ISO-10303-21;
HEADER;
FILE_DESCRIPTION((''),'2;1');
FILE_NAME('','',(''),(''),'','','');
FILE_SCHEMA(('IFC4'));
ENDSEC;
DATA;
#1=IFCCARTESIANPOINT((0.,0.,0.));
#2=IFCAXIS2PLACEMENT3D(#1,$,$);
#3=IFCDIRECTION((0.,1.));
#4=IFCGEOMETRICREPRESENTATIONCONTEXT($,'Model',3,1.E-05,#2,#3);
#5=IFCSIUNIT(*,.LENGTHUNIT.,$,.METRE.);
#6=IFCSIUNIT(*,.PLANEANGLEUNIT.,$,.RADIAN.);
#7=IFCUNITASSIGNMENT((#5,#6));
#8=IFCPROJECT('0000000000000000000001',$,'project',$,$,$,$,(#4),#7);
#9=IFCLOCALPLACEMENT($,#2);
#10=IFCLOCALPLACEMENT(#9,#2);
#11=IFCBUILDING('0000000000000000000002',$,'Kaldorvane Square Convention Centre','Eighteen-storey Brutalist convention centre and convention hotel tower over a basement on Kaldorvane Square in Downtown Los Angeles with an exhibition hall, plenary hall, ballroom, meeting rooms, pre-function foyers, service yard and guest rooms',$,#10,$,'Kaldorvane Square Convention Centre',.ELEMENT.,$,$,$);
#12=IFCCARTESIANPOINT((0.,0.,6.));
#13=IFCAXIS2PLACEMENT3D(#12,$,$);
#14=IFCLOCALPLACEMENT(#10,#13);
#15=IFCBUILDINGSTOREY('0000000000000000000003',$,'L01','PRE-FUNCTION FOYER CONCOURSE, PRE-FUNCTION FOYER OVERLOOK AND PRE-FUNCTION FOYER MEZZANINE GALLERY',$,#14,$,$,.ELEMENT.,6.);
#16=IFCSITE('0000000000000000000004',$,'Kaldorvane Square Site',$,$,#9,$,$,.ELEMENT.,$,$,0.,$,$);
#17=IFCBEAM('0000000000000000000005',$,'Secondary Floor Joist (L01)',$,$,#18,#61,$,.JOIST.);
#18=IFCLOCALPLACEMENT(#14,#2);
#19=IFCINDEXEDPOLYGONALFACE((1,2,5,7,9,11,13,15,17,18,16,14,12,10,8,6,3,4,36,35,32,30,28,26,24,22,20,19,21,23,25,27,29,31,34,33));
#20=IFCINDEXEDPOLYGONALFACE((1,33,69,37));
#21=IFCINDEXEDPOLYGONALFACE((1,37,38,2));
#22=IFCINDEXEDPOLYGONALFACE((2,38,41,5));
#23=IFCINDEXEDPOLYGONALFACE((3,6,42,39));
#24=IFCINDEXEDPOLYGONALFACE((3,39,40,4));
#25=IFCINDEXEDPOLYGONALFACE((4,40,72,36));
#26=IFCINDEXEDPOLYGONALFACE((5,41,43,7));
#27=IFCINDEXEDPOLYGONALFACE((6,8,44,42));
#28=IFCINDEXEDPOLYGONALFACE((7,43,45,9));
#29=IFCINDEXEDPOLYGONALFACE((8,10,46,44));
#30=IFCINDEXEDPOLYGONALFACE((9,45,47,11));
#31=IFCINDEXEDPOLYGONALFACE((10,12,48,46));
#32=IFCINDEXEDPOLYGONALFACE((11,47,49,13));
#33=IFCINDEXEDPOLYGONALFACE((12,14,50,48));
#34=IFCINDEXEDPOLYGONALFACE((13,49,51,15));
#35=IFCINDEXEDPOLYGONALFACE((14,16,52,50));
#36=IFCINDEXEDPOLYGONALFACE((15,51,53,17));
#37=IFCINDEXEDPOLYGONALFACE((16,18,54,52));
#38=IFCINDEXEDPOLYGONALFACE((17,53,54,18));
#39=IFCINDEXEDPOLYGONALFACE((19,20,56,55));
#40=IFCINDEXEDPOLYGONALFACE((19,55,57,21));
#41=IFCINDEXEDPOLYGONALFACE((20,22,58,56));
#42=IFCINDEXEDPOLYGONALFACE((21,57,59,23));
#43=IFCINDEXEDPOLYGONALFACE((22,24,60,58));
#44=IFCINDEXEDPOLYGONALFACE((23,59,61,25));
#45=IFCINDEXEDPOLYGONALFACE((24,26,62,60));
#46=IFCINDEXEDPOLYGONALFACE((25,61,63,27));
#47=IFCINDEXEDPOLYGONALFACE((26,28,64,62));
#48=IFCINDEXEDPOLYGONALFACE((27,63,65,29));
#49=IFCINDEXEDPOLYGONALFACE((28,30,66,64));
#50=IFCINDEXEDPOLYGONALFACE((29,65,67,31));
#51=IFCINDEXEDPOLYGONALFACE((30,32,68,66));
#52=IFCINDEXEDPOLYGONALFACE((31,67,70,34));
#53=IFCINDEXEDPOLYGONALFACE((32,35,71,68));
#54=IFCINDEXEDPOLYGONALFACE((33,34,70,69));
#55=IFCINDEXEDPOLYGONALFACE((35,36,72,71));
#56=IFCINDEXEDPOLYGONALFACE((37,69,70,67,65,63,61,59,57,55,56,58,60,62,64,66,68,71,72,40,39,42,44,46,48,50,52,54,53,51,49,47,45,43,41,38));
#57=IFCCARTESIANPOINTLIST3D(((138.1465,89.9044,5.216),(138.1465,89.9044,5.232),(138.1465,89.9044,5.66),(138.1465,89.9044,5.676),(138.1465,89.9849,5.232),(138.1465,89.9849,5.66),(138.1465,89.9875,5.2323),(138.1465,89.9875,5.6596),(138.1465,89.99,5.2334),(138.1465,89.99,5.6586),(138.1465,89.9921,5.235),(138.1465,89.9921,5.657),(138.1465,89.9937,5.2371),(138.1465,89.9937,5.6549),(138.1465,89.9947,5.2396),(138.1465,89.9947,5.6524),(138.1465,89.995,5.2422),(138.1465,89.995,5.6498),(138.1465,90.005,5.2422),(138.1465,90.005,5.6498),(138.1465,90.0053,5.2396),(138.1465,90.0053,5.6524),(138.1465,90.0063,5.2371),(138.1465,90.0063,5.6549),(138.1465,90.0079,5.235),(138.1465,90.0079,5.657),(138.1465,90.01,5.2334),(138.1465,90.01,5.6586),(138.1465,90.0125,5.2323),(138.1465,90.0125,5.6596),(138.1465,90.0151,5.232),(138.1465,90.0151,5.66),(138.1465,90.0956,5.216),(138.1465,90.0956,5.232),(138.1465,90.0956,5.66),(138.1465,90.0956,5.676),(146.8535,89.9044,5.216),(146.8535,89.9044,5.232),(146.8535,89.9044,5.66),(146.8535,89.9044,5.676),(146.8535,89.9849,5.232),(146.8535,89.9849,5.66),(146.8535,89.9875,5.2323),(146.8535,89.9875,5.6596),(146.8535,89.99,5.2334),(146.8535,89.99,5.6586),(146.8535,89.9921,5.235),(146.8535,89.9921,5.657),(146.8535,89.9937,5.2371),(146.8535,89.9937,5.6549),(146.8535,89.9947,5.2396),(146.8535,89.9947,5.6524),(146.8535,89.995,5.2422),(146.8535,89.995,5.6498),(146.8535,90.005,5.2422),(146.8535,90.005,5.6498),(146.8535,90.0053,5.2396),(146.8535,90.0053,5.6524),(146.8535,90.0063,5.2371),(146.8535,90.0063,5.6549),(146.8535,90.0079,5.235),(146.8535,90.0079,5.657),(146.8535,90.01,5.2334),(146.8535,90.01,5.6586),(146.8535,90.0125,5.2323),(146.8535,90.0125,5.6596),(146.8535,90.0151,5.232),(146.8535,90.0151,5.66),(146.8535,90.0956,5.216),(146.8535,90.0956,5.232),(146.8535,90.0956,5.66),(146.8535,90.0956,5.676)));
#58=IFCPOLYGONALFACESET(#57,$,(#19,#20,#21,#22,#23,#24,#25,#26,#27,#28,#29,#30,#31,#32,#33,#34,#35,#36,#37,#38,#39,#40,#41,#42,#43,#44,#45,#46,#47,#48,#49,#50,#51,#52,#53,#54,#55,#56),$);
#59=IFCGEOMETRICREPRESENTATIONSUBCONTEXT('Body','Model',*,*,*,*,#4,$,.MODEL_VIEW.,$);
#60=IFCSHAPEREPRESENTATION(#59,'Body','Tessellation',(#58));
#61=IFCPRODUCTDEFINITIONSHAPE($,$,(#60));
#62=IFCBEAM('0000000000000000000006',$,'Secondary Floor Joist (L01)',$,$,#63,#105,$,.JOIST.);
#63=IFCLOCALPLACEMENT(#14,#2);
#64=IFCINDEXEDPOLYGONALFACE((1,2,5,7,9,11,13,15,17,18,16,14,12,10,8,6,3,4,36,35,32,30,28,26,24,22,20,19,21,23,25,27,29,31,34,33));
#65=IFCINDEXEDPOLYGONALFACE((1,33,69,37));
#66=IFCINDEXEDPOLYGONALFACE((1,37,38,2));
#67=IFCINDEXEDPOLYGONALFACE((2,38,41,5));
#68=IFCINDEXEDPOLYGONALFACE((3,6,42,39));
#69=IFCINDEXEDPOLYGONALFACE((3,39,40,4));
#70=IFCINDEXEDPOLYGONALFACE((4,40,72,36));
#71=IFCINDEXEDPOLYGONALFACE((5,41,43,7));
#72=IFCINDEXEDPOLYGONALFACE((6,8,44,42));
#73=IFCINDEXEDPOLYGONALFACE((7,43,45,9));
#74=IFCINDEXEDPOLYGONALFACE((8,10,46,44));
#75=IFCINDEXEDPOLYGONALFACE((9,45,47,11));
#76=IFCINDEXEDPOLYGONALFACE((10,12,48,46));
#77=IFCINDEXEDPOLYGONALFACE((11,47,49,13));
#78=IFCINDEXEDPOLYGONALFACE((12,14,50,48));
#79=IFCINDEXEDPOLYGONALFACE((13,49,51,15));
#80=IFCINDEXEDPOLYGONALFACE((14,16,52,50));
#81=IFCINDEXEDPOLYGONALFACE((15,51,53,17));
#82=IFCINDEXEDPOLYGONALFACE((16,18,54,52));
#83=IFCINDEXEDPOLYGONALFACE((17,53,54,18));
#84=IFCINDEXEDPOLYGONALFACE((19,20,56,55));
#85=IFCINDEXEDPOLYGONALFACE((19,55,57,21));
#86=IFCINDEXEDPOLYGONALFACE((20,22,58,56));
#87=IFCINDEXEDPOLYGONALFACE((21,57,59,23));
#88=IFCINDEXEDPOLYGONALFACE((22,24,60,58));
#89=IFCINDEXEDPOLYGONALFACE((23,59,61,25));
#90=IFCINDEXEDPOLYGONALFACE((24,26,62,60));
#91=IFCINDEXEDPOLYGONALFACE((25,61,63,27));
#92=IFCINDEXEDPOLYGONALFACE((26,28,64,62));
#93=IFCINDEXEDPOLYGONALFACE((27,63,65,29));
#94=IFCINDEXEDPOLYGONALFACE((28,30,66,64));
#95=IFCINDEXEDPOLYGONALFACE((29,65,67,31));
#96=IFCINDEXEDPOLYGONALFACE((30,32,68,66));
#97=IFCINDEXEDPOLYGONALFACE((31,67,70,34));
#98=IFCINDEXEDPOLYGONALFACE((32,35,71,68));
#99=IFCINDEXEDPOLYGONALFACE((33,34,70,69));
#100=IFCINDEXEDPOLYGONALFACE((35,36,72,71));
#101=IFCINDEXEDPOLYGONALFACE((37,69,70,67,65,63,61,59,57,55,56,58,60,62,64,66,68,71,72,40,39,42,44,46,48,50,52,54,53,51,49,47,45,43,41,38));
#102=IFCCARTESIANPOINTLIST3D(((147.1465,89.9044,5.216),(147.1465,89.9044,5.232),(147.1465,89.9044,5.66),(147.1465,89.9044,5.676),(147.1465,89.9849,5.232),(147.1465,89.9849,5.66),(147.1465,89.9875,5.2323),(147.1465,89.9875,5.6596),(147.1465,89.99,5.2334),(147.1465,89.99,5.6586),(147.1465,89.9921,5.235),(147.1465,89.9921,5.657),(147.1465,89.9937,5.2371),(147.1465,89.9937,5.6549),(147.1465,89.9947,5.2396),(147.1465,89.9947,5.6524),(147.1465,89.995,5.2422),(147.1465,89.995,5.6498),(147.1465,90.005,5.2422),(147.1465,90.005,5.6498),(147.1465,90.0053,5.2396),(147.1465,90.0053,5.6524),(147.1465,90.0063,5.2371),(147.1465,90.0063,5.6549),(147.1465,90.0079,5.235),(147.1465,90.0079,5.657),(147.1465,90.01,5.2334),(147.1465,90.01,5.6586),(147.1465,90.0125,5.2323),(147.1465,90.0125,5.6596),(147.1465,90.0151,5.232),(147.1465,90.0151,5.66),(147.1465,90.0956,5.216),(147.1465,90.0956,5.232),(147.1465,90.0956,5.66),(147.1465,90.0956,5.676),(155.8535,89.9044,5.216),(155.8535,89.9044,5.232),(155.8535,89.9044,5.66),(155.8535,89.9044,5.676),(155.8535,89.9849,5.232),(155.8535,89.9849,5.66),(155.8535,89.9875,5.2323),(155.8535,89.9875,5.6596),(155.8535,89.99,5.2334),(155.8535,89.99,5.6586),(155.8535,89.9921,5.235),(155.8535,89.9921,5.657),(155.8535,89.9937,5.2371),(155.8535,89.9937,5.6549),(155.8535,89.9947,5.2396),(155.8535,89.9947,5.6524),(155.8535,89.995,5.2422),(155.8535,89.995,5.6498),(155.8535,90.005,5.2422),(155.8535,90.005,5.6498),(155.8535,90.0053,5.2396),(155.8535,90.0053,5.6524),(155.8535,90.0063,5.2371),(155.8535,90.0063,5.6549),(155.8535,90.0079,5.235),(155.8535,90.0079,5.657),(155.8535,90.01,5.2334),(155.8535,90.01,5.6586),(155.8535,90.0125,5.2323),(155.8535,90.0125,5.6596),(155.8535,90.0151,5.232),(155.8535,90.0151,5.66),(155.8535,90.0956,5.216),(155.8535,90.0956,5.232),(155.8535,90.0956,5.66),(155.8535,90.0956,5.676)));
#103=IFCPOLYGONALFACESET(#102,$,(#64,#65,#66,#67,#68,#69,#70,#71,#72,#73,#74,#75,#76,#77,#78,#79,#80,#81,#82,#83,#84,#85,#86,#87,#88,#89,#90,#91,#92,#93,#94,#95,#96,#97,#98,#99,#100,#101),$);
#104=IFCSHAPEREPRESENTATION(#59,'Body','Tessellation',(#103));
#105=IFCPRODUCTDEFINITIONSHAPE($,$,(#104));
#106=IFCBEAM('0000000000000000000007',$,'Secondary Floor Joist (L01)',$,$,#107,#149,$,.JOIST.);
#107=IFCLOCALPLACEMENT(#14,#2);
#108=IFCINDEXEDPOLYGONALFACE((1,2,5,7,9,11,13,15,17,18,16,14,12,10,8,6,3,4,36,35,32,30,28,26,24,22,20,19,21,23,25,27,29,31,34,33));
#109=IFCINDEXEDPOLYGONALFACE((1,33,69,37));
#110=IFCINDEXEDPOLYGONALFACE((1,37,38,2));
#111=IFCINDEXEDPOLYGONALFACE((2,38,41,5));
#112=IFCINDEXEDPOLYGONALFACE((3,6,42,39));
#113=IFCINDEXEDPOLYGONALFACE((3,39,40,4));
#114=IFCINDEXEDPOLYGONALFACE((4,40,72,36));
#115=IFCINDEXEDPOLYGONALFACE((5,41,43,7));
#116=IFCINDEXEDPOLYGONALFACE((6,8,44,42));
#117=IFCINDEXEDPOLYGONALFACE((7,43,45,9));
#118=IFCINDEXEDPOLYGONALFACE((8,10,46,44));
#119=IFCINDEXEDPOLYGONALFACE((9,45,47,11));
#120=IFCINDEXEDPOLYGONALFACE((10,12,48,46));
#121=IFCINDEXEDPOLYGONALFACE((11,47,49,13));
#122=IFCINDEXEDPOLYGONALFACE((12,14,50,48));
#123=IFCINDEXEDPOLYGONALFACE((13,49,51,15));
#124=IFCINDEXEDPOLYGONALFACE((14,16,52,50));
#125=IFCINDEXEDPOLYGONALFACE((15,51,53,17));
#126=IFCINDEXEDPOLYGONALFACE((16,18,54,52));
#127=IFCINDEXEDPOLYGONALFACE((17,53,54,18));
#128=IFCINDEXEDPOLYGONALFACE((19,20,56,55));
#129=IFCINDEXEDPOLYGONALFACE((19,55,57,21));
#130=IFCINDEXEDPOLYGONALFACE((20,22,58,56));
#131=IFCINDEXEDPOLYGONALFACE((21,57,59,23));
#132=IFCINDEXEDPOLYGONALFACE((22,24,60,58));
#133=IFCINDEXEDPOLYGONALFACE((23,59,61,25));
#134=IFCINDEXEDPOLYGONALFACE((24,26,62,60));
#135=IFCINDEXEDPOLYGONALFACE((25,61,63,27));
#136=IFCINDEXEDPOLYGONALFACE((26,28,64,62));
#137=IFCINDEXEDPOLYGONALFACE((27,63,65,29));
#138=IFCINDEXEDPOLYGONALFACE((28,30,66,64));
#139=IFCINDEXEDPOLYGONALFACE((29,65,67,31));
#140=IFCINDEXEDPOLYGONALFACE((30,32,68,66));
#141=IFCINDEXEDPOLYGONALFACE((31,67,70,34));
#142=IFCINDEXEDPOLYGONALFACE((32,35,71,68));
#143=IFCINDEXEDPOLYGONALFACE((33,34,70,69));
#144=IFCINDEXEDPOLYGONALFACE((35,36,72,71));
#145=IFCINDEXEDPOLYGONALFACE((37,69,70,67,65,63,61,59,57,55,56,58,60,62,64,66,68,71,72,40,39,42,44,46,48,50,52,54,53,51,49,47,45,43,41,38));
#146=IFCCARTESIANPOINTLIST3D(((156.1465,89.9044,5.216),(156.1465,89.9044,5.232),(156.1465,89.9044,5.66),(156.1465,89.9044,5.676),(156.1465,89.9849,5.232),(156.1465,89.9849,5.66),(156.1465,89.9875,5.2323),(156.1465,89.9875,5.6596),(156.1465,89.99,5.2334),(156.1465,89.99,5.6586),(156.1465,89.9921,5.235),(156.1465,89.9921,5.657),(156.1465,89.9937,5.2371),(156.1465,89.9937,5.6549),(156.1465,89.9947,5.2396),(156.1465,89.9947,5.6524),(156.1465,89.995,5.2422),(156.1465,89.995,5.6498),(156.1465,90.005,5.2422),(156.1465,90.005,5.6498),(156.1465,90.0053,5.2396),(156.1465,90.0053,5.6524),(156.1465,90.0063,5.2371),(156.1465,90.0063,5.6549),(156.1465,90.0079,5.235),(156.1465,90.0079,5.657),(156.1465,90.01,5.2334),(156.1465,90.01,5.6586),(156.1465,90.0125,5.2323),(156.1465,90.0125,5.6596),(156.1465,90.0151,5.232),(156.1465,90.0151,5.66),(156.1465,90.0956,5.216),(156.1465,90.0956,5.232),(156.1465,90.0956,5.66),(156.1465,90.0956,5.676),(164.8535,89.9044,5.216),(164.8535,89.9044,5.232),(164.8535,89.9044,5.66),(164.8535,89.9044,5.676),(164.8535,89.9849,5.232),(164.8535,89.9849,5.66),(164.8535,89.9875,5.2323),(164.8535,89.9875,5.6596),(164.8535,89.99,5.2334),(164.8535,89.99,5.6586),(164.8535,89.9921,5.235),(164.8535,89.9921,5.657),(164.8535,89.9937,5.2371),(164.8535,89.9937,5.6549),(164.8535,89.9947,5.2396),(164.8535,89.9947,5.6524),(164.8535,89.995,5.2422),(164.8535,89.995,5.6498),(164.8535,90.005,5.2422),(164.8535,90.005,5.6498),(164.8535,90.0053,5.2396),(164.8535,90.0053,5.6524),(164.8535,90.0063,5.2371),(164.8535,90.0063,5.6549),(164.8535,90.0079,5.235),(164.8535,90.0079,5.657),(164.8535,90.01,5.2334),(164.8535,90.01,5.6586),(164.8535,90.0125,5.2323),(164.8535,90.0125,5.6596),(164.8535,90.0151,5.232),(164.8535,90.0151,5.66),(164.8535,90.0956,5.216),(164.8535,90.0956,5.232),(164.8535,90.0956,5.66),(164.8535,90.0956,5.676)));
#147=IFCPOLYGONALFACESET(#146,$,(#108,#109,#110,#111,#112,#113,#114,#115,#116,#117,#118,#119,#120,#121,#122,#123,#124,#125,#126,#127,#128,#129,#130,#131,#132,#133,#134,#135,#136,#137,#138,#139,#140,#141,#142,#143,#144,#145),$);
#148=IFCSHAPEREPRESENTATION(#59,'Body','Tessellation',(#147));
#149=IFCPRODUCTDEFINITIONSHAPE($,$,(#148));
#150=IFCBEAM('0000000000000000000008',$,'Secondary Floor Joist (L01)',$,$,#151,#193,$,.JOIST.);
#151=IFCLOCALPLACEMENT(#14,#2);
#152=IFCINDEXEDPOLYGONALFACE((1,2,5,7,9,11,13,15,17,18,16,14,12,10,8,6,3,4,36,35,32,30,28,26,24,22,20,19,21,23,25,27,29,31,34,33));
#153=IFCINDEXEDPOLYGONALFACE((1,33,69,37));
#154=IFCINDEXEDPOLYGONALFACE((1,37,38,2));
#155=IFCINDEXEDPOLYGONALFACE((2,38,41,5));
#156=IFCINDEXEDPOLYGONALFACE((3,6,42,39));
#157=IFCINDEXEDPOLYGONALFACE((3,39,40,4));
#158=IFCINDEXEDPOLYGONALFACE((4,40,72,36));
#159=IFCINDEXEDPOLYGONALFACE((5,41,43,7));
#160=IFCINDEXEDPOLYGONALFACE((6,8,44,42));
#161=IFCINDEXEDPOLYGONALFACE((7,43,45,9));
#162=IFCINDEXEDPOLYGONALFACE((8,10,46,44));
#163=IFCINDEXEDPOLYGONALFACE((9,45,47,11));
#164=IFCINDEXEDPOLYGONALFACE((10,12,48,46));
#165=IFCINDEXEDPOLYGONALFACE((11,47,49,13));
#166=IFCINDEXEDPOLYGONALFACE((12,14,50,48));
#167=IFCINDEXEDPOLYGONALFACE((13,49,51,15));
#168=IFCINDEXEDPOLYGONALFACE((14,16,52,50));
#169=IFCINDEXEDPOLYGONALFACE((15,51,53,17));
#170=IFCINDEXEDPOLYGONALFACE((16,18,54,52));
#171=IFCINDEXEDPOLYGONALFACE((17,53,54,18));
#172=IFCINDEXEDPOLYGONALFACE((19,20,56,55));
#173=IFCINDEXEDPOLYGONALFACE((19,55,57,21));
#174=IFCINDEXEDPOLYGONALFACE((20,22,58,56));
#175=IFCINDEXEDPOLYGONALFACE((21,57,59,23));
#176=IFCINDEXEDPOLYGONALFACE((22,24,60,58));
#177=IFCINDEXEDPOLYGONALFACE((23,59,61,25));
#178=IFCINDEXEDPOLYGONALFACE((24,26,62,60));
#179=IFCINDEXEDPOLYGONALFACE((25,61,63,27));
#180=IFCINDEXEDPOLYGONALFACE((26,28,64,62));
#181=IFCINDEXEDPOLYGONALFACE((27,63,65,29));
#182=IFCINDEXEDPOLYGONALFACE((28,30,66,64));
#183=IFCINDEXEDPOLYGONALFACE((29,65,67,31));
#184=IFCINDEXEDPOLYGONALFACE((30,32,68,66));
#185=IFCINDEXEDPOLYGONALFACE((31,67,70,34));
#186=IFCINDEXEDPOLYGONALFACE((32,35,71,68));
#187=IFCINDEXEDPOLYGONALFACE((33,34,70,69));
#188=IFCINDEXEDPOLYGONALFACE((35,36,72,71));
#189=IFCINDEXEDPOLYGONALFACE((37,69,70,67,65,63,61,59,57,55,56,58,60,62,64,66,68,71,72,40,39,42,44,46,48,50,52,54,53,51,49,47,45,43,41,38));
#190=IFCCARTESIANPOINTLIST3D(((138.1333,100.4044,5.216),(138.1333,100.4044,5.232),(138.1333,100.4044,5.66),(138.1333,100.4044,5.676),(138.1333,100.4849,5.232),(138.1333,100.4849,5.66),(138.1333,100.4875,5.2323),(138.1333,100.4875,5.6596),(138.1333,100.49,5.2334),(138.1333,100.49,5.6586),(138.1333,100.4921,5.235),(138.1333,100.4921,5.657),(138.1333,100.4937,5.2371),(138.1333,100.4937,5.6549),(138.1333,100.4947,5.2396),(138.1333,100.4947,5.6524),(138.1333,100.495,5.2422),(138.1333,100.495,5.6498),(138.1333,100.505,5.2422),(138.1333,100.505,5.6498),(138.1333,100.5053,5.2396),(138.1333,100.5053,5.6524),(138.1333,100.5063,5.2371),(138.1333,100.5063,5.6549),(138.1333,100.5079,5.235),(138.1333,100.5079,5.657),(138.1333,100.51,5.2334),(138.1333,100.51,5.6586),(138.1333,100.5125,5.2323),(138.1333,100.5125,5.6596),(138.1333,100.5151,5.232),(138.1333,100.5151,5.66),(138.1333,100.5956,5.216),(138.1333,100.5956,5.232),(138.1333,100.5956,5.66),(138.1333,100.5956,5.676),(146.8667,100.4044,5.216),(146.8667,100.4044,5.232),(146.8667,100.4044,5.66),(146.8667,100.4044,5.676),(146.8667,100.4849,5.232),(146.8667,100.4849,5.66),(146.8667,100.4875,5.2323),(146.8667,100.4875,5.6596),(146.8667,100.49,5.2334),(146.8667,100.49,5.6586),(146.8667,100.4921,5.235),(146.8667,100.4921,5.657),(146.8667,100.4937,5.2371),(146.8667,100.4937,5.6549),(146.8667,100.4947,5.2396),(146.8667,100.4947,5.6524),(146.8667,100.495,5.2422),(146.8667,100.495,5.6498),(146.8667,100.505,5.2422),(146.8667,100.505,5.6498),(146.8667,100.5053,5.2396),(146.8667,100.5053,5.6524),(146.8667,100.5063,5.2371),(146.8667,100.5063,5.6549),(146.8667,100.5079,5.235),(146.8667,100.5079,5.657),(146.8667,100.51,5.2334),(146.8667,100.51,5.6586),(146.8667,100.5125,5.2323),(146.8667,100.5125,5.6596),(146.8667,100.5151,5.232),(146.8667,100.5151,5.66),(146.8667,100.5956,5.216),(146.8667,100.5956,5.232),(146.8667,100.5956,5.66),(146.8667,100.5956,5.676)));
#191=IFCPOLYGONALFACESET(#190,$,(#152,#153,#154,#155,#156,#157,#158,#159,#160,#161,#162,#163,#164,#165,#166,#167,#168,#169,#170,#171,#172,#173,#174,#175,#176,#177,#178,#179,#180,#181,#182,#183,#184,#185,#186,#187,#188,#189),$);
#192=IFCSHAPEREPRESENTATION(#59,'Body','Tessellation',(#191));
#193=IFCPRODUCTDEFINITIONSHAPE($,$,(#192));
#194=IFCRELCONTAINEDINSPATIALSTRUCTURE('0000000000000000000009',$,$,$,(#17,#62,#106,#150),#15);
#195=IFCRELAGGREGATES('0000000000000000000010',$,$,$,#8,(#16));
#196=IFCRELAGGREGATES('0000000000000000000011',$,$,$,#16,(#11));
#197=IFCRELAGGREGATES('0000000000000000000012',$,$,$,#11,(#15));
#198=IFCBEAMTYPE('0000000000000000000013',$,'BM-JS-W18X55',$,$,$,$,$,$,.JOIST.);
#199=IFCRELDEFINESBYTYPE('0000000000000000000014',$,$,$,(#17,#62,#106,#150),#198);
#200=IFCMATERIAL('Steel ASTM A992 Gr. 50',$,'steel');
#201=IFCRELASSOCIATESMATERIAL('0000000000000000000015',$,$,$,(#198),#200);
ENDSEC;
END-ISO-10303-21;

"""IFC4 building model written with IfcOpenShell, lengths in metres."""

from ifc_helpers import new_model, si_unit, direction, frame, origin, origin_2d, place, context, subcontext, project, spatial, i_section, extrude, material, material_profile, profile_set, type_object, element, save


model = new_model("IFC4")

# Units and contexts
model_context = context("Model", 3, precision=1e-05, world=origin(), true_north=direction((0.0, 1.0)))
body_context = subcontext(model_context, "Body", "Model", "MODEL_VIEW")
ifc_project = project(units=[si_unit("LENGTHUNIT", "METRE"), si_unit("PLANEANGLEUNIT", "RADIAN")], contexts=[model_context])

# Site, building, storey
site_placement = place(None, origin())
site = spatial("IfcSite", under=ifc_project, at=site_placement, Name="Kaldorvane Square Site", CompositionType="ELEMENT", RefElevation=0.0)
building_placement = place(site_placement, origin())
building = spatial("IfcBuilding", under=site, at=building_placement, Name="Kaldorvane Square Convention Centre", Description="Eighteen-storey Brutalist convention centre and convention hotel tower over a basement on Kaldorvane Square in Downtown Los Angeles with an exhibition hall, plenary hall, ballroom, meeting rooms, pre-function foyers, service yard and guest rooms", LongName="Kaldorvane Square Convention Centre", CompositionType="ELEMENT")
storey_placement = place(building_placement, frame((0.0, 0.0, 6.0)))
storey = spatial("IfcBuildingStorey", under=building, at=storey_placement, Name="L01", Description="PRE-FUNCTION FOYER CONCOURSE, PRE-FUNCTION FOYER OVERLOOK AND PRE-FUNCTION FOYER MEZZANINE GALLERY", CompositionType="ELEMENT", Elevation=6.0)

# Shared definitions
ifc_material_1 = material(Name="Steel ASTM A992 Gr. 50", Category="steel")

# Beams
ifc_material_profile_1 = material_profile(ifc_material_1, i_section(OverallWidth=0.1913, OverallDepth=0.46, WebThickness=0.0099, FlangeThickness=0.016, FilletRadius=0.0102, at=origin_2d()), Name="W18X55")
ifc_profile_set_1 = profile_set([ifc_material_profile_1], Name="Steel ASTM A992 Gr. 50")
beam_type_1 = type_object("IfcBeamType", Name="BM-JS-W18X55", PredefinedType="JOIST", material=ifc_profile_set_1)
for number, where, z_axis, x_axis, name in (
    (1, (138.1465, 90.0, 5.446), (1.0, 0.0, 0.0), (0.0, 1.0, 0.0), "Secondary Floor Joist (L01)"),
    (2, (147.1465, 90.0, 5.446), (1.0, 0.0, 0.0), (0.0, 1.0, 0.0), "Secondary Floor Joist (L01)"),
    (3, (156.1465, 90.0, 5.446), (1.0, 0.0, 0.0), (0.0, 1.0, 0.0), "Secondary Floor Joist (L01)"),
):
    element("IfcBeam", number, at=place(storey_placement, frame(where, z_axis=z_axis, x_axis=x_axis)), inside=storey, type_object=beam_type_1, Name=name, PredefinedType="JOIST", context=body_context, shape_type="SweptSolid", body=[
        extrude(i_section(OverallWidth=0.1913, OverallDepth=0.46, WebThickness=0.0099, FlangeThickness=0.016, FilletRadius=0.0102, at=origin_2d()), origin(), (0.0, 0.0, 1.0), 8.707),
    ])
for number, where, z_axis, x_axis, name in (
    (4, (138.1333, 100.5, 5.446), (1.0, 0.0, 0.0), (0.0, 1.0, 0.0), "Secondary Floor Joist (L01)"),
):
    element("IfcBeam", number, at=place(storey_placement, frame(where, z_axis=z_axis, x_axis=x_axis)), inside=storey, type_object=beam_type_1, Name=name, PredefinedType="JOIST", context=body_context, shape_type="SweptSolid", body=[
        extrude(i_section(OverallWidth=0.1913, OverallDepth=0.46, WebThickness=0.0099, FlangeThickness=0.016, FilletRadius=0.0102, at=origin_2d()), origin(), (0.0, 0.0, 1.0), 8.7334),
    ])

save(model, "model.ifc")
